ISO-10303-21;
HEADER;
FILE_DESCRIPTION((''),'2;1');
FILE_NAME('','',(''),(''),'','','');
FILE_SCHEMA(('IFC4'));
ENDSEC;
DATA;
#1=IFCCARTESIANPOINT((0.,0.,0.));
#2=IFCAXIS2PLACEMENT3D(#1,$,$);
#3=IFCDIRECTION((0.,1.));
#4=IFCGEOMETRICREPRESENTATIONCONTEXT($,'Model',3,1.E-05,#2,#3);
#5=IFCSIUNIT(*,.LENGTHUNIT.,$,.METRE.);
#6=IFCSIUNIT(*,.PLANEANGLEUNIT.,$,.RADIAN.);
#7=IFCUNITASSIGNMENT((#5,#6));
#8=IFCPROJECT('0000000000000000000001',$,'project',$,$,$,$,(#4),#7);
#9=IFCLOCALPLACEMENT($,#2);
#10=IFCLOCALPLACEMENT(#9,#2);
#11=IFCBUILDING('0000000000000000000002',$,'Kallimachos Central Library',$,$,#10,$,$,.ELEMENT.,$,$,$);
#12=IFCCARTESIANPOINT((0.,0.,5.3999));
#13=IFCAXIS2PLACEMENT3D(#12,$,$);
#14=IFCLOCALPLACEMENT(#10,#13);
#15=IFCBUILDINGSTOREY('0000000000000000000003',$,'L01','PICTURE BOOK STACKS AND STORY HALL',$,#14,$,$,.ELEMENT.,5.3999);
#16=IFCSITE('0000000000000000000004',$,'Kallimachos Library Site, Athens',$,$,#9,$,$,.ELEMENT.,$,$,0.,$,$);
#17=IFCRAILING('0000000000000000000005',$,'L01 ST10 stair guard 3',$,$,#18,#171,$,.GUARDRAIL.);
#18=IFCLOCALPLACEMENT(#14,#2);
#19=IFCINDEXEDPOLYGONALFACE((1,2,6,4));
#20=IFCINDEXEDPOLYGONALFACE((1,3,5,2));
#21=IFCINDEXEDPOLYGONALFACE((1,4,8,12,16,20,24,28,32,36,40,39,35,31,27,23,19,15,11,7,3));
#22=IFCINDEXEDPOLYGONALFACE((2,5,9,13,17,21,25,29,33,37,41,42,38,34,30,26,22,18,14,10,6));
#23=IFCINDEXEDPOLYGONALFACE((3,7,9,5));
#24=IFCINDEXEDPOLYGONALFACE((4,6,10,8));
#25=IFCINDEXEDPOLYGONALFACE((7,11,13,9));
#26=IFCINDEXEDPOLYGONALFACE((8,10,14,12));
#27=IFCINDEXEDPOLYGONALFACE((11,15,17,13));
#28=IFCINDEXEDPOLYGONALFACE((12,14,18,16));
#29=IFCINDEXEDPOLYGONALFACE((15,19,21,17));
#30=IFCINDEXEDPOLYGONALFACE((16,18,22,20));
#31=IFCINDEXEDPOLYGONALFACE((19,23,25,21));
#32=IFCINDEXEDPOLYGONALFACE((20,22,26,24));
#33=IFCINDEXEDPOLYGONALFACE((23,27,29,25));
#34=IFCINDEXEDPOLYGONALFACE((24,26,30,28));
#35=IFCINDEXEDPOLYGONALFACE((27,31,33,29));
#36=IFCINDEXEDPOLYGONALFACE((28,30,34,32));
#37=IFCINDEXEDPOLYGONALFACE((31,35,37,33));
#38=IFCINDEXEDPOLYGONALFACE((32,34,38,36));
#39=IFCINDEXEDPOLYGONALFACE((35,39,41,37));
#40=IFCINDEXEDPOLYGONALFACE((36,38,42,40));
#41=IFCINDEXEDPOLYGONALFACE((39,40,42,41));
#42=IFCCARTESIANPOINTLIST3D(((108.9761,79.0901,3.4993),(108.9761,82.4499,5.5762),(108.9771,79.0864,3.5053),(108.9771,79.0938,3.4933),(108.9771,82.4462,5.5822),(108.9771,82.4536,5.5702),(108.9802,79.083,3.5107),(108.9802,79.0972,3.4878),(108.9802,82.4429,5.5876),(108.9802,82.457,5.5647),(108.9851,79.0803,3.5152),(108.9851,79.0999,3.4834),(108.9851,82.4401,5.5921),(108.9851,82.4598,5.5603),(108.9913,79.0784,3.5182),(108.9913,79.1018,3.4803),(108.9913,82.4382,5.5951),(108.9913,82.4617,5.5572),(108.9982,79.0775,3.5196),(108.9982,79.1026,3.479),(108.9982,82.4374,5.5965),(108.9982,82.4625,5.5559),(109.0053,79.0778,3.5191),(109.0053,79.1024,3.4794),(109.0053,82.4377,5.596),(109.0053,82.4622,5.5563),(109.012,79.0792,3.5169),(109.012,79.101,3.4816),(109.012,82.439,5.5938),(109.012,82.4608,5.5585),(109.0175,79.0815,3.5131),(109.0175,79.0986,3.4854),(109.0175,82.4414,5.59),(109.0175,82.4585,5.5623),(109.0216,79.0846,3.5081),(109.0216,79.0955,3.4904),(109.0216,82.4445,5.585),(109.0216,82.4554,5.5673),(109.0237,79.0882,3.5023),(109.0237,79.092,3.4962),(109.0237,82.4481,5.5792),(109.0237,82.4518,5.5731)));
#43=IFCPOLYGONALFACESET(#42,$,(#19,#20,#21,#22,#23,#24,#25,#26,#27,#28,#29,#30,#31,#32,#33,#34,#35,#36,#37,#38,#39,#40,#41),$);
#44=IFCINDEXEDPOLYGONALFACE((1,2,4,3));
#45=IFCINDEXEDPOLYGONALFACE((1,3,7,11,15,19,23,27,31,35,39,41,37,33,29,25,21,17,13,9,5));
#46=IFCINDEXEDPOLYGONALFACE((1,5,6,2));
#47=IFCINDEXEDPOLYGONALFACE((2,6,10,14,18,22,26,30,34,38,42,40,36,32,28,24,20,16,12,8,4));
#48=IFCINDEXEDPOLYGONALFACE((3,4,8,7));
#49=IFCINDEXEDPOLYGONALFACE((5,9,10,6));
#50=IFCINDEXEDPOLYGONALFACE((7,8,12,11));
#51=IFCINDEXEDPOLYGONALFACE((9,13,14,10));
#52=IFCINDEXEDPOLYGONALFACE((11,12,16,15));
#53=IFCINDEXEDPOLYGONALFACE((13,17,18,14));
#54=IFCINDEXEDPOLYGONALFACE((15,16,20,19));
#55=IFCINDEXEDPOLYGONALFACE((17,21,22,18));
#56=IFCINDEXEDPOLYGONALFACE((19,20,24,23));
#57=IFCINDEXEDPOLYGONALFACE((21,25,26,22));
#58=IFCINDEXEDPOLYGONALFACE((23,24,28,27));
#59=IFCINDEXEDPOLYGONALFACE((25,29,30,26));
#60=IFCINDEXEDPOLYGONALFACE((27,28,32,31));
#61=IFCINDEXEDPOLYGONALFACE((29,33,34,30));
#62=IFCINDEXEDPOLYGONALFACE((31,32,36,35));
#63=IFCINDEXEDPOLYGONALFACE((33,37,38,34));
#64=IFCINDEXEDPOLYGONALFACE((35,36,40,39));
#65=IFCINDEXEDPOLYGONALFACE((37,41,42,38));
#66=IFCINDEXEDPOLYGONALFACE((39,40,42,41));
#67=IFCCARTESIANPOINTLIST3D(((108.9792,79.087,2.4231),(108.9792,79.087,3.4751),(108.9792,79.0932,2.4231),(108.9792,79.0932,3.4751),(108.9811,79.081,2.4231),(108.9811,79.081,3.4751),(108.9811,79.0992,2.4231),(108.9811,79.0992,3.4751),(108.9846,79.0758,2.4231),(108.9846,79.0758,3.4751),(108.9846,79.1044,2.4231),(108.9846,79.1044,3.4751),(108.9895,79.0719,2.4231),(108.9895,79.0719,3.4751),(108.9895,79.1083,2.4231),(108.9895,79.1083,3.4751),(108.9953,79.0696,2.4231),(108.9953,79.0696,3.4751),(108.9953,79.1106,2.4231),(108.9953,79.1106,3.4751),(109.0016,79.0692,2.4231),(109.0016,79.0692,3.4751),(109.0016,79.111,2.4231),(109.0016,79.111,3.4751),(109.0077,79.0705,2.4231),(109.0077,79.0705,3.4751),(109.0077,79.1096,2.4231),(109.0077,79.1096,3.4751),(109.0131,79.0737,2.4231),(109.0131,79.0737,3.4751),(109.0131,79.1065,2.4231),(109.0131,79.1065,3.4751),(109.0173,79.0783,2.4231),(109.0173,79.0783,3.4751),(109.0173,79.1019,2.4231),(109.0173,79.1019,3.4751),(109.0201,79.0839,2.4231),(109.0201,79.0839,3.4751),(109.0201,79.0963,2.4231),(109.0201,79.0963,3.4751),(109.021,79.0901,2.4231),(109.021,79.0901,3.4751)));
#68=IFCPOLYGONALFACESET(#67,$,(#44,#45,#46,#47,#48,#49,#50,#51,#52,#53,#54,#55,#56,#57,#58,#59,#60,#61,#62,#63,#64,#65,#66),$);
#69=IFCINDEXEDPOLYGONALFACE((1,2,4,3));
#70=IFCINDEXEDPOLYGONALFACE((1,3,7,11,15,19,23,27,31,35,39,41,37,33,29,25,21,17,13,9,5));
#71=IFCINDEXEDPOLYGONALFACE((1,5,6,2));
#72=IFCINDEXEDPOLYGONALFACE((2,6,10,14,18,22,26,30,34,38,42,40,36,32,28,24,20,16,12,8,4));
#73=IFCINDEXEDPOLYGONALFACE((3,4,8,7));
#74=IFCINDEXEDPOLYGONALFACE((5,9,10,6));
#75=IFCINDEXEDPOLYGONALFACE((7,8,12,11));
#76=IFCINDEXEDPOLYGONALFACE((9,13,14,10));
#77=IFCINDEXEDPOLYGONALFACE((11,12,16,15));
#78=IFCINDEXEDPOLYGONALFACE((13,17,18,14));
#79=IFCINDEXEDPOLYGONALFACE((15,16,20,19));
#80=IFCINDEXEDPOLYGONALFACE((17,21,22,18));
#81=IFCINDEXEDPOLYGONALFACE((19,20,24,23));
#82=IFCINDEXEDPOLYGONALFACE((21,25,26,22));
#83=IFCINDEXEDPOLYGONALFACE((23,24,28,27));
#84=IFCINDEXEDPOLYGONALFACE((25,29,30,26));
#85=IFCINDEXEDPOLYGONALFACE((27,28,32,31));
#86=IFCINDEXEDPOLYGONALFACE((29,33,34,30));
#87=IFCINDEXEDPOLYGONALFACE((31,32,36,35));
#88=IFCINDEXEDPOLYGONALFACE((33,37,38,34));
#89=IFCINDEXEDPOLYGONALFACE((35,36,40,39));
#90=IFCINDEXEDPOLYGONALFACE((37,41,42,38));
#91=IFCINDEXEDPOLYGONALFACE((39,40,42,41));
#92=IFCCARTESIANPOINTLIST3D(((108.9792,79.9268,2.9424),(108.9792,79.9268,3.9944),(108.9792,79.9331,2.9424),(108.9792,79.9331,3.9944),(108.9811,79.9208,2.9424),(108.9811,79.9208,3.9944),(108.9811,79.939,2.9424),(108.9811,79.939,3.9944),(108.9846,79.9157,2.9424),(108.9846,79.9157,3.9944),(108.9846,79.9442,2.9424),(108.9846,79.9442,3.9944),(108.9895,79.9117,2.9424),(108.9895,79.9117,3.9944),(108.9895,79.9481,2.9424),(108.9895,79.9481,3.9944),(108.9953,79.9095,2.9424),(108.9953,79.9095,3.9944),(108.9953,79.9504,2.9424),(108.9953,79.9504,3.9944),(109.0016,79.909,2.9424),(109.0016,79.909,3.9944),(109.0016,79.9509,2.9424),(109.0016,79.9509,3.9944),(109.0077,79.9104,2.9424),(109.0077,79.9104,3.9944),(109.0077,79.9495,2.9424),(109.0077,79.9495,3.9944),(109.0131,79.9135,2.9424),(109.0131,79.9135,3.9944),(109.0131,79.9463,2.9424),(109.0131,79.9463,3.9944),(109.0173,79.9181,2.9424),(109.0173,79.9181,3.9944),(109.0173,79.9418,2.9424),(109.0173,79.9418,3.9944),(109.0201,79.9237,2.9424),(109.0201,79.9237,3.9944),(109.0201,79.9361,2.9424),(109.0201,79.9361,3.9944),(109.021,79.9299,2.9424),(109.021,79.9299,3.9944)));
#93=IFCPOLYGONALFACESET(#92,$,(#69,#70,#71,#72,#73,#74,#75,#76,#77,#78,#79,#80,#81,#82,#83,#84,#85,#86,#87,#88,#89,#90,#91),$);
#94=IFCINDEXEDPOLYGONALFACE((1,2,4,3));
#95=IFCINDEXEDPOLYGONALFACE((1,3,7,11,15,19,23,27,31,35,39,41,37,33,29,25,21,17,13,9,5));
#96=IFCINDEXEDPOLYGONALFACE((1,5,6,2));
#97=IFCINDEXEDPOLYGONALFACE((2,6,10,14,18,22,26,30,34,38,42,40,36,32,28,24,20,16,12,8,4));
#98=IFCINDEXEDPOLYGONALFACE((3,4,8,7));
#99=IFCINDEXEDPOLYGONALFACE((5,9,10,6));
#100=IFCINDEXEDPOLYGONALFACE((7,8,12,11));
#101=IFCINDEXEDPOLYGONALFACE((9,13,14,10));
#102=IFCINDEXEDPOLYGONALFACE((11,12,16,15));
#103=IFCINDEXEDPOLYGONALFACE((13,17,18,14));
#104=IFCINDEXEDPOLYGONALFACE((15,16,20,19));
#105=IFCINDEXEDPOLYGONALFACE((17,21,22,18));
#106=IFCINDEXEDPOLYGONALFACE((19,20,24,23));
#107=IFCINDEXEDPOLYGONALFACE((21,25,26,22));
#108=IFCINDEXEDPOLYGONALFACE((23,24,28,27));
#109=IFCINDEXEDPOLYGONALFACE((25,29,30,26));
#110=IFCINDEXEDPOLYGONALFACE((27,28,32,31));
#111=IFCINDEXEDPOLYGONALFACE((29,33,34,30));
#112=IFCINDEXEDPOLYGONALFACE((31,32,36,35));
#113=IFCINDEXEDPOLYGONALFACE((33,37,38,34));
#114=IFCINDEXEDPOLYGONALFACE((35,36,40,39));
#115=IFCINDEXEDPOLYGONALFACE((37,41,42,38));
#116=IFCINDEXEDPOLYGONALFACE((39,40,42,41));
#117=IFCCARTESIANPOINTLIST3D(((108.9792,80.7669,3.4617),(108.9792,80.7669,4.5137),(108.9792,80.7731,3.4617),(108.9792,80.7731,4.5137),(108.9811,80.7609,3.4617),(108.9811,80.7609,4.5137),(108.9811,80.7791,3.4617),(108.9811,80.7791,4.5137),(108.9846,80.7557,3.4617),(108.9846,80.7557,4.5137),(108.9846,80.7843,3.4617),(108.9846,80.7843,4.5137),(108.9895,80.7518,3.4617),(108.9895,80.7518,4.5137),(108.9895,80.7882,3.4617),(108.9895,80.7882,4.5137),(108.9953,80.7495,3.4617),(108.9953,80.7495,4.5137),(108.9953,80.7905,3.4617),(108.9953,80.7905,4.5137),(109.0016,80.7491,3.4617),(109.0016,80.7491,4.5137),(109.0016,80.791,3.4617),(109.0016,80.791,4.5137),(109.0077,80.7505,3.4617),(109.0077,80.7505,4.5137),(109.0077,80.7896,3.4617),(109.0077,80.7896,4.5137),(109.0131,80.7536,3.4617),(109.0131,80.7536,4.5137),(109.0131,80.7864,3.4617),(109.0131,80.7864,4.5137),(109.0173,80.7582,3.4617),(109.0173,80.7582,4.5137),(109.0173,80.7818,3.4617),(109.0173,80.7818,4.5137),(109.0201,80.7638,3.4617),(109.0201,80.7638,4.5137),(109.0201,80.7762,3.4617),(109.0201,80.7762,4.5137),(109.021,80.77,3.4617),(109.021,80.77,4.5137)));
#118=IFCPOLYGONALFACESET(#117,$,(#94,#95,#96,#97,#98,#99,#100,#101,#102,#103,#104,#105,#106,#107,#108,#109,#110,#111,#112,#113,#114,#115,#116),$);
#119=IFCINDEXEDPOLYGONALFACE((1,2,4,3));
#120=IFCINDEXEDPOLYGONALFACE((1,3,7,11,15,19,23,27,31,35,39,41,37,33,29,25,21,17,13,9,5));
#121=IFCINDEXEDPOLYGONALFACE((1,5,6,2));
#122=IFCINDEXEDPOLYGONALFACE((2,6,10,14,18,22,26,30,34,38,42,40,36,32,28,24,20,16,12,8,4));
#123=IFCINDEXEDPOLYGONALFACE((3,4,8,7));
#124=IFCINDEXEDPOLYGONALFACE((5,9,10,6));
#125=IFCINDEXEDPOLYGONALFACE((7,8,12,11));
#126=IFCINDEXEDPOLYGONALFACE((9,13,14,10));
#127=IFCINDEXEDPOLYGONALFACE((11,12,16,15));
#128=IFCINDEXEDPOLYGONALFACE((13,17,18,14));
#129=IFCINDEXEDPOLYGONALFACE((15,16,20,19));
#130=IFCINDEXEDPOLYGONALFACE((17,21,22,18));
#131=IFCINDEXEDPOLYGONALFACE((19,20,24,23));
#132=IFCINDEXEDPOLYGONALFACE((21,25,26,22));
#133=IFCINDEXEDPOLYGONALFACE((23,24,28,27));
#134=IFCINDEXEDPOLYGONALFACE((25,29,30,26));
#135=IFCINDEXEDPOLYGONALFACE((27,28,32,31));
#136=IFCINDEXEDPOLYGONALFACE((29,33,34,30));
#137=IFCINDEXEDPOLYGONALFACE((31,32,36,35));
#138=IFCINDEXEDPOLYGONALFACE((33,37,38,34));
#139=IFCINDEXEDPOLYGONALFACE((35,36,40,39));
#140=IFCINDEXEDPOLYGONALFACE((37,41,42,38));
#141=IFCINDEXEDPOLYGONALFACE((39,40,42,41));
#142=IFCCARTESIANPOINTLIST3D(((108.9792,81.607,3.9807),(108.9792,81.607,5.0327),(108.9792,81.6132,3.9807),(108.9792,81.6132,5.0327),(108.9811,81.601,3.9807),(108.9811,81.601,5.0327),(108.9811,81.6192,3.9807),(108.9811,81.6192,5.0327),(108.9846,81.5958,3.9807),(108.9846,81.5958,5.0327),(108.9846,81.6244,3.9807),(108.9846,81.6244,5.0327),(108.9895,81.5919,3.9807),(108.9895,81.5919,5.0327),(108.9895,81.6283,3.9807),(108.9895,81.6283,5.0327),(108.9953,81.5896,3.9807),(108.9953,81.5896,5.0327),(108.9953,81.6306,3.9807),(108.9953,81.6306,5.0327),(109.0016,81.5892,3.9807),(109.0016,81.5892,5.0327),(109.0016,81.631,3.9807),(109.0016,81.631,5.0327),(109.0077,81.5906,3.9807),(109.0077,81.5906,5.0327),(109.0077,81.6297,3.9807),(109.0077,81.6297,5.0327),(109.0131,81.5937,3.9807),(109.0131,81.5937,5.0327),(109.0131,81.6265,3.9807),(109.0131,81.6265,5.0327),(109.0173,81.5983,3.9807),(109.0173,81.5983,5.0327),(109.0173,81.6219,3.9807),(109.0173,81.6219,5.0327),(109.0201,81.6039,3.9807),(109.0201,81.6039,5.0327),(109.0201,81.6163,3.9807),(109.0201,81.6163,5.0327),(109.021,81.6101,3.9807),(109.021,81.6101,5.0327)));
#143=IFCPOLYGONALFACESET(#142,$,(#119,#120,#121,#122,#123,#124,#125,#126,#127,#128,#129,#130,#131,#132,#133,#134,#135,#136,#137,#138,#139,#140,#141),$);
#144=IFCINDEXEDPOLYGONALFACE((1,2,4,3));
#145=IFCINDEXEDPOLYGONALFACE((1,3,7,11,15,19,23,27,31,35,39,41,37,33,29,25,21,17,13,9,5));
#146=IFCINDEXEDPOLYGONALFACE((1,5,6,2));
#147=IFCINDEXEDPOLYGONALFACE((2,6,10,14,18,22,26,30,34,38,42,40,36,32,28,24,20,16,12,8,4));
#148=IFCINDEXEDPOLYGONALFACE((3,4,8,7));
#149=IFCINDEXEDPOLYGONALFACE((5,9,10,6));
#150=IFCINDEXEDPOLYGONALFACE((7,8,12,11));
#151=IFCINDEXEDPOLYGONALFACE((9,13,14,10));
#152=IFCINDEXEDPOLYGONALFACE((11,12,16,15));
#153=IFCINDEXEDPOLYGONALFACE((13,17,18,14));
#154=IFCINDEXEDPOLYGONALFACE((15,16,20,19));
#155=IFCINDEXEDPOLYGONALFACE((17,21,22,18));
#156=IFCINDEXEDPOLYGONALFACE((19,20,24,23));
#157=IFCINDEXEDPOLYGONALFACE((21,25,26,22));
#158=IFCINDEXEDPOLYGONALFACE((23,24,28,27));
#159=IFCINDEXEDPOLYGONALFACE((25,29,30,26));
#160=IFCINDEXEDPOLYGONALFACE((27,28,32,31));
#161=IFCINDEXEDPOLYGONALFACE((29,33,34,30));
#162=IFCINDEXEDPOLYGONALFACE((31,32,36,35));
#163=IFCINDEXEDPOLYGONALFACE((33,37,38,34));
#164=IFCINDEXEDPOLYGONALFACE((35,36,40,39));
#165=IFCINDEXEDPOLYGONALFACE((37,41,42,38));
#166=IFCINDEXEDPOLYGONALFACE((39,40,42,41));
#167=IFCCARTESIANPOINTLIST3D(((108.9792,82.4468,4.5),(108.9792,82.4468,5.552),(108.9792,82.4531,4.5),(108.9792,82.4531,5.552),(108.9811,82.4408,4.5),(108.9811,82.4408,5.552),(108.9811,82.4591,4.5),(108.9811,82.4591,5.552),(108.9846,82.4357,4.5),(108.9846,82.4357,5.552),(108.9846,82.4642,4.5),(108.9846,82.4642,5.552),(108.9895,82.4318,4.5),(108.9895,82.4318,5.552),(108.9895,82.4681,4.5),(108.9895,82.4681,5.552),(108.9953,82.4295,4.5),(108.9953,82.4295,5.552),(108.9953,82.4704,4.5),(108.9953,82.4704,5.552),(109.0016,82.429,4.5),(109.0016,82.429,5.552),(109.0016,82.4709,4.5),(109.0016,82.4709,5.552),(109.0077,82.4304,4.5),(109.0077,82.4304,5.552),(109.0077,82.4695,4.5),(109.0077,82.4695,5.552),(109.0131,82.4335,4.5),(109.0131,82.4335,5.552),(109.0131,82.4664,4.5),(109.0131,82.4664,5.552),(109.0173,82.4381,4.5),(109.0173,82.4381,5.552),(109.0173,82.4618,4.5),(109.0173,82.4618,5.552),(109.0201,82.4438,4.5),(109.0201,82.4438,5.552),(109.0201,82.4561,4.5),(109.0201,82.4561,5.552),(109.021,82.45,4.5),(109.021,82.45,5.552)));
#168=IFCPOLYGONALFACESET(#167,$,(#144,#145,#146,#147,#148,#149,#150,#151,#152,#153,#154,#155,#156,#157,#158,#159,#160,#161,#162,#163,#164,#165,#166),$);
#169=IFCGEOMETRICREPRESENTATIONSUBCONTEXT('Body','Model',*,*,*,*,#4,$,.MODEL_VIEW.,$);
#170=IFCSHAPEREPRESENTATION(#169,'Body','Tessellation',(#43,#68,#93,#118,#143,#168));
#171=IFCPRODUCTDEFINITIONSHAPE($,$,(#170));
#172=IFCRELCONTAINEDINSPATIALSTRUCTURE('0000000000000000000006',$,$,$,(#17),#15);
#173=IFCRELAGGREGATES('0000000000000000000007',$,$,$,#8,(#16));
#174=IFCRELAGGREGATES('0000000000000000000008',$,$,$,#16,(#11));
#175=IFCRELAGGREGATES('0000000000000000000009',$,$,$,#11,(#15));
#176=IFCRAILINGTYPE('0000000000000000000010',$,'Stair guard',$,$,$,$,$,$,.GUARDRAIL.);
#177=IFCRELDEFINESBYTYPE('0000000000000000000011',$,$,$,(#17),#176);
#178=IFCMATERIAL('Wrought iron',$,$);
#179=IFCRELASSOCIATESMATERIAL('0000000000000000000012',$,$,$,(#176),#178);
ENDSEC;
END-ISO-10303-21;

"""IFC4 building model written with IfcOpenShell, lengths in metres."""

from ifc_helpers import new_model, si_unit, direction, frame, origin, origin_2d, place, context, subcontext, project, spatial, circle, extrude, material, type_object, element, save


model = new_model("IFC4")

# Units and contexts
model_context = context("Model", 3, precision=1e-05, world=origin(), true_north=direction((0.0, 1.0)))
body_context = subcontext(model_context, "Body", "Model", "MODEL_VIEW")
ifc_project = project(units=[si_unit("LENGTHUNIT", "METRE"), si_unit("PLANEANGLEUNIT", "RADIAN")], contexts=[model_context])

# Site, building, storey
site_placement = place(None, origin())
site = spatial("IfcSite", under=ifc_project, at=site_placement, Name="Kallimachos Library Site, Athens", CompositionType="ELEMENT", RefElevation=0.0)
building_placement = place(site_placement, origin())
building = spatial("IfcBuilding", under=site, at=building_placement, Name="Kallimachos Central Library", CompositionType="ELEMENT")
storey_placement = place(building_placement, frame((0.0, 0.0, 5.3999)))
storey = spatial("IfcBuildingStorey", under=building, at=storey_placement, Name="L01", Description="PICTURE BOOK STACKS AND STORY HALL", CompositionType="ELEMENT", Elevation=5.3999)

# Railing
ifc_material_1 = material(Name="Wrought iron")
railing_type_1 = type_object("IfcRailingType", Name="Stair guard", PredefinedType="GUARDRAIL", material=ifc_material_1)
railing_1_placement = place(storey_placement, frame((109.0, 79.0901, 2.4231)))
element("IfcRailing", 1, at=railing_1_placement, inside=storey, type_object=railing_type_1, Name="L01 ST10 stair guard 3", PredefinedType="GUARDRAIL", context=body_context, shape_type="SweptSolid", body=[
    extrude(circle(Radius=0.0239, at=origin_2d()), frame((0.0, 0.0, 1.0762), z_axis=(0.0, 0.850606, 0.525803), x_axis=(-1.0, 0.0, 0.0)), (0.0, 0.0, 1.0), 3.95),
    extrude(circle(Radius=0.021, at=origin_2d()), origin(), (0.0, 0.0, 1.0), 1.052),
    extrude(circle(Radius=0.021, at=origin_2d()), frame((0.0, 0.8398, 0.5193)), (0.0, 0.0, 1.0), 1.052),
    extrude(circle(Radius=0.021, at=origin_2d()), frame((0.0, 1.6799, 1.0386)), (0.0, 0.0, 1.0), 1.052),
    extrude(circle(Radius=0.021, at=origin_2d()), frame((0.0, 2.52, 1.5576)), (0.0, 0.0, 1.0), 1.052),
    extrude(circle(Radius=0.021, at=origin_2d()), frame((0.0, 3.3599, 2.0769)), (0.0, 0.0, 1.0), 1.052),
])

save(model, "model.ifc")
